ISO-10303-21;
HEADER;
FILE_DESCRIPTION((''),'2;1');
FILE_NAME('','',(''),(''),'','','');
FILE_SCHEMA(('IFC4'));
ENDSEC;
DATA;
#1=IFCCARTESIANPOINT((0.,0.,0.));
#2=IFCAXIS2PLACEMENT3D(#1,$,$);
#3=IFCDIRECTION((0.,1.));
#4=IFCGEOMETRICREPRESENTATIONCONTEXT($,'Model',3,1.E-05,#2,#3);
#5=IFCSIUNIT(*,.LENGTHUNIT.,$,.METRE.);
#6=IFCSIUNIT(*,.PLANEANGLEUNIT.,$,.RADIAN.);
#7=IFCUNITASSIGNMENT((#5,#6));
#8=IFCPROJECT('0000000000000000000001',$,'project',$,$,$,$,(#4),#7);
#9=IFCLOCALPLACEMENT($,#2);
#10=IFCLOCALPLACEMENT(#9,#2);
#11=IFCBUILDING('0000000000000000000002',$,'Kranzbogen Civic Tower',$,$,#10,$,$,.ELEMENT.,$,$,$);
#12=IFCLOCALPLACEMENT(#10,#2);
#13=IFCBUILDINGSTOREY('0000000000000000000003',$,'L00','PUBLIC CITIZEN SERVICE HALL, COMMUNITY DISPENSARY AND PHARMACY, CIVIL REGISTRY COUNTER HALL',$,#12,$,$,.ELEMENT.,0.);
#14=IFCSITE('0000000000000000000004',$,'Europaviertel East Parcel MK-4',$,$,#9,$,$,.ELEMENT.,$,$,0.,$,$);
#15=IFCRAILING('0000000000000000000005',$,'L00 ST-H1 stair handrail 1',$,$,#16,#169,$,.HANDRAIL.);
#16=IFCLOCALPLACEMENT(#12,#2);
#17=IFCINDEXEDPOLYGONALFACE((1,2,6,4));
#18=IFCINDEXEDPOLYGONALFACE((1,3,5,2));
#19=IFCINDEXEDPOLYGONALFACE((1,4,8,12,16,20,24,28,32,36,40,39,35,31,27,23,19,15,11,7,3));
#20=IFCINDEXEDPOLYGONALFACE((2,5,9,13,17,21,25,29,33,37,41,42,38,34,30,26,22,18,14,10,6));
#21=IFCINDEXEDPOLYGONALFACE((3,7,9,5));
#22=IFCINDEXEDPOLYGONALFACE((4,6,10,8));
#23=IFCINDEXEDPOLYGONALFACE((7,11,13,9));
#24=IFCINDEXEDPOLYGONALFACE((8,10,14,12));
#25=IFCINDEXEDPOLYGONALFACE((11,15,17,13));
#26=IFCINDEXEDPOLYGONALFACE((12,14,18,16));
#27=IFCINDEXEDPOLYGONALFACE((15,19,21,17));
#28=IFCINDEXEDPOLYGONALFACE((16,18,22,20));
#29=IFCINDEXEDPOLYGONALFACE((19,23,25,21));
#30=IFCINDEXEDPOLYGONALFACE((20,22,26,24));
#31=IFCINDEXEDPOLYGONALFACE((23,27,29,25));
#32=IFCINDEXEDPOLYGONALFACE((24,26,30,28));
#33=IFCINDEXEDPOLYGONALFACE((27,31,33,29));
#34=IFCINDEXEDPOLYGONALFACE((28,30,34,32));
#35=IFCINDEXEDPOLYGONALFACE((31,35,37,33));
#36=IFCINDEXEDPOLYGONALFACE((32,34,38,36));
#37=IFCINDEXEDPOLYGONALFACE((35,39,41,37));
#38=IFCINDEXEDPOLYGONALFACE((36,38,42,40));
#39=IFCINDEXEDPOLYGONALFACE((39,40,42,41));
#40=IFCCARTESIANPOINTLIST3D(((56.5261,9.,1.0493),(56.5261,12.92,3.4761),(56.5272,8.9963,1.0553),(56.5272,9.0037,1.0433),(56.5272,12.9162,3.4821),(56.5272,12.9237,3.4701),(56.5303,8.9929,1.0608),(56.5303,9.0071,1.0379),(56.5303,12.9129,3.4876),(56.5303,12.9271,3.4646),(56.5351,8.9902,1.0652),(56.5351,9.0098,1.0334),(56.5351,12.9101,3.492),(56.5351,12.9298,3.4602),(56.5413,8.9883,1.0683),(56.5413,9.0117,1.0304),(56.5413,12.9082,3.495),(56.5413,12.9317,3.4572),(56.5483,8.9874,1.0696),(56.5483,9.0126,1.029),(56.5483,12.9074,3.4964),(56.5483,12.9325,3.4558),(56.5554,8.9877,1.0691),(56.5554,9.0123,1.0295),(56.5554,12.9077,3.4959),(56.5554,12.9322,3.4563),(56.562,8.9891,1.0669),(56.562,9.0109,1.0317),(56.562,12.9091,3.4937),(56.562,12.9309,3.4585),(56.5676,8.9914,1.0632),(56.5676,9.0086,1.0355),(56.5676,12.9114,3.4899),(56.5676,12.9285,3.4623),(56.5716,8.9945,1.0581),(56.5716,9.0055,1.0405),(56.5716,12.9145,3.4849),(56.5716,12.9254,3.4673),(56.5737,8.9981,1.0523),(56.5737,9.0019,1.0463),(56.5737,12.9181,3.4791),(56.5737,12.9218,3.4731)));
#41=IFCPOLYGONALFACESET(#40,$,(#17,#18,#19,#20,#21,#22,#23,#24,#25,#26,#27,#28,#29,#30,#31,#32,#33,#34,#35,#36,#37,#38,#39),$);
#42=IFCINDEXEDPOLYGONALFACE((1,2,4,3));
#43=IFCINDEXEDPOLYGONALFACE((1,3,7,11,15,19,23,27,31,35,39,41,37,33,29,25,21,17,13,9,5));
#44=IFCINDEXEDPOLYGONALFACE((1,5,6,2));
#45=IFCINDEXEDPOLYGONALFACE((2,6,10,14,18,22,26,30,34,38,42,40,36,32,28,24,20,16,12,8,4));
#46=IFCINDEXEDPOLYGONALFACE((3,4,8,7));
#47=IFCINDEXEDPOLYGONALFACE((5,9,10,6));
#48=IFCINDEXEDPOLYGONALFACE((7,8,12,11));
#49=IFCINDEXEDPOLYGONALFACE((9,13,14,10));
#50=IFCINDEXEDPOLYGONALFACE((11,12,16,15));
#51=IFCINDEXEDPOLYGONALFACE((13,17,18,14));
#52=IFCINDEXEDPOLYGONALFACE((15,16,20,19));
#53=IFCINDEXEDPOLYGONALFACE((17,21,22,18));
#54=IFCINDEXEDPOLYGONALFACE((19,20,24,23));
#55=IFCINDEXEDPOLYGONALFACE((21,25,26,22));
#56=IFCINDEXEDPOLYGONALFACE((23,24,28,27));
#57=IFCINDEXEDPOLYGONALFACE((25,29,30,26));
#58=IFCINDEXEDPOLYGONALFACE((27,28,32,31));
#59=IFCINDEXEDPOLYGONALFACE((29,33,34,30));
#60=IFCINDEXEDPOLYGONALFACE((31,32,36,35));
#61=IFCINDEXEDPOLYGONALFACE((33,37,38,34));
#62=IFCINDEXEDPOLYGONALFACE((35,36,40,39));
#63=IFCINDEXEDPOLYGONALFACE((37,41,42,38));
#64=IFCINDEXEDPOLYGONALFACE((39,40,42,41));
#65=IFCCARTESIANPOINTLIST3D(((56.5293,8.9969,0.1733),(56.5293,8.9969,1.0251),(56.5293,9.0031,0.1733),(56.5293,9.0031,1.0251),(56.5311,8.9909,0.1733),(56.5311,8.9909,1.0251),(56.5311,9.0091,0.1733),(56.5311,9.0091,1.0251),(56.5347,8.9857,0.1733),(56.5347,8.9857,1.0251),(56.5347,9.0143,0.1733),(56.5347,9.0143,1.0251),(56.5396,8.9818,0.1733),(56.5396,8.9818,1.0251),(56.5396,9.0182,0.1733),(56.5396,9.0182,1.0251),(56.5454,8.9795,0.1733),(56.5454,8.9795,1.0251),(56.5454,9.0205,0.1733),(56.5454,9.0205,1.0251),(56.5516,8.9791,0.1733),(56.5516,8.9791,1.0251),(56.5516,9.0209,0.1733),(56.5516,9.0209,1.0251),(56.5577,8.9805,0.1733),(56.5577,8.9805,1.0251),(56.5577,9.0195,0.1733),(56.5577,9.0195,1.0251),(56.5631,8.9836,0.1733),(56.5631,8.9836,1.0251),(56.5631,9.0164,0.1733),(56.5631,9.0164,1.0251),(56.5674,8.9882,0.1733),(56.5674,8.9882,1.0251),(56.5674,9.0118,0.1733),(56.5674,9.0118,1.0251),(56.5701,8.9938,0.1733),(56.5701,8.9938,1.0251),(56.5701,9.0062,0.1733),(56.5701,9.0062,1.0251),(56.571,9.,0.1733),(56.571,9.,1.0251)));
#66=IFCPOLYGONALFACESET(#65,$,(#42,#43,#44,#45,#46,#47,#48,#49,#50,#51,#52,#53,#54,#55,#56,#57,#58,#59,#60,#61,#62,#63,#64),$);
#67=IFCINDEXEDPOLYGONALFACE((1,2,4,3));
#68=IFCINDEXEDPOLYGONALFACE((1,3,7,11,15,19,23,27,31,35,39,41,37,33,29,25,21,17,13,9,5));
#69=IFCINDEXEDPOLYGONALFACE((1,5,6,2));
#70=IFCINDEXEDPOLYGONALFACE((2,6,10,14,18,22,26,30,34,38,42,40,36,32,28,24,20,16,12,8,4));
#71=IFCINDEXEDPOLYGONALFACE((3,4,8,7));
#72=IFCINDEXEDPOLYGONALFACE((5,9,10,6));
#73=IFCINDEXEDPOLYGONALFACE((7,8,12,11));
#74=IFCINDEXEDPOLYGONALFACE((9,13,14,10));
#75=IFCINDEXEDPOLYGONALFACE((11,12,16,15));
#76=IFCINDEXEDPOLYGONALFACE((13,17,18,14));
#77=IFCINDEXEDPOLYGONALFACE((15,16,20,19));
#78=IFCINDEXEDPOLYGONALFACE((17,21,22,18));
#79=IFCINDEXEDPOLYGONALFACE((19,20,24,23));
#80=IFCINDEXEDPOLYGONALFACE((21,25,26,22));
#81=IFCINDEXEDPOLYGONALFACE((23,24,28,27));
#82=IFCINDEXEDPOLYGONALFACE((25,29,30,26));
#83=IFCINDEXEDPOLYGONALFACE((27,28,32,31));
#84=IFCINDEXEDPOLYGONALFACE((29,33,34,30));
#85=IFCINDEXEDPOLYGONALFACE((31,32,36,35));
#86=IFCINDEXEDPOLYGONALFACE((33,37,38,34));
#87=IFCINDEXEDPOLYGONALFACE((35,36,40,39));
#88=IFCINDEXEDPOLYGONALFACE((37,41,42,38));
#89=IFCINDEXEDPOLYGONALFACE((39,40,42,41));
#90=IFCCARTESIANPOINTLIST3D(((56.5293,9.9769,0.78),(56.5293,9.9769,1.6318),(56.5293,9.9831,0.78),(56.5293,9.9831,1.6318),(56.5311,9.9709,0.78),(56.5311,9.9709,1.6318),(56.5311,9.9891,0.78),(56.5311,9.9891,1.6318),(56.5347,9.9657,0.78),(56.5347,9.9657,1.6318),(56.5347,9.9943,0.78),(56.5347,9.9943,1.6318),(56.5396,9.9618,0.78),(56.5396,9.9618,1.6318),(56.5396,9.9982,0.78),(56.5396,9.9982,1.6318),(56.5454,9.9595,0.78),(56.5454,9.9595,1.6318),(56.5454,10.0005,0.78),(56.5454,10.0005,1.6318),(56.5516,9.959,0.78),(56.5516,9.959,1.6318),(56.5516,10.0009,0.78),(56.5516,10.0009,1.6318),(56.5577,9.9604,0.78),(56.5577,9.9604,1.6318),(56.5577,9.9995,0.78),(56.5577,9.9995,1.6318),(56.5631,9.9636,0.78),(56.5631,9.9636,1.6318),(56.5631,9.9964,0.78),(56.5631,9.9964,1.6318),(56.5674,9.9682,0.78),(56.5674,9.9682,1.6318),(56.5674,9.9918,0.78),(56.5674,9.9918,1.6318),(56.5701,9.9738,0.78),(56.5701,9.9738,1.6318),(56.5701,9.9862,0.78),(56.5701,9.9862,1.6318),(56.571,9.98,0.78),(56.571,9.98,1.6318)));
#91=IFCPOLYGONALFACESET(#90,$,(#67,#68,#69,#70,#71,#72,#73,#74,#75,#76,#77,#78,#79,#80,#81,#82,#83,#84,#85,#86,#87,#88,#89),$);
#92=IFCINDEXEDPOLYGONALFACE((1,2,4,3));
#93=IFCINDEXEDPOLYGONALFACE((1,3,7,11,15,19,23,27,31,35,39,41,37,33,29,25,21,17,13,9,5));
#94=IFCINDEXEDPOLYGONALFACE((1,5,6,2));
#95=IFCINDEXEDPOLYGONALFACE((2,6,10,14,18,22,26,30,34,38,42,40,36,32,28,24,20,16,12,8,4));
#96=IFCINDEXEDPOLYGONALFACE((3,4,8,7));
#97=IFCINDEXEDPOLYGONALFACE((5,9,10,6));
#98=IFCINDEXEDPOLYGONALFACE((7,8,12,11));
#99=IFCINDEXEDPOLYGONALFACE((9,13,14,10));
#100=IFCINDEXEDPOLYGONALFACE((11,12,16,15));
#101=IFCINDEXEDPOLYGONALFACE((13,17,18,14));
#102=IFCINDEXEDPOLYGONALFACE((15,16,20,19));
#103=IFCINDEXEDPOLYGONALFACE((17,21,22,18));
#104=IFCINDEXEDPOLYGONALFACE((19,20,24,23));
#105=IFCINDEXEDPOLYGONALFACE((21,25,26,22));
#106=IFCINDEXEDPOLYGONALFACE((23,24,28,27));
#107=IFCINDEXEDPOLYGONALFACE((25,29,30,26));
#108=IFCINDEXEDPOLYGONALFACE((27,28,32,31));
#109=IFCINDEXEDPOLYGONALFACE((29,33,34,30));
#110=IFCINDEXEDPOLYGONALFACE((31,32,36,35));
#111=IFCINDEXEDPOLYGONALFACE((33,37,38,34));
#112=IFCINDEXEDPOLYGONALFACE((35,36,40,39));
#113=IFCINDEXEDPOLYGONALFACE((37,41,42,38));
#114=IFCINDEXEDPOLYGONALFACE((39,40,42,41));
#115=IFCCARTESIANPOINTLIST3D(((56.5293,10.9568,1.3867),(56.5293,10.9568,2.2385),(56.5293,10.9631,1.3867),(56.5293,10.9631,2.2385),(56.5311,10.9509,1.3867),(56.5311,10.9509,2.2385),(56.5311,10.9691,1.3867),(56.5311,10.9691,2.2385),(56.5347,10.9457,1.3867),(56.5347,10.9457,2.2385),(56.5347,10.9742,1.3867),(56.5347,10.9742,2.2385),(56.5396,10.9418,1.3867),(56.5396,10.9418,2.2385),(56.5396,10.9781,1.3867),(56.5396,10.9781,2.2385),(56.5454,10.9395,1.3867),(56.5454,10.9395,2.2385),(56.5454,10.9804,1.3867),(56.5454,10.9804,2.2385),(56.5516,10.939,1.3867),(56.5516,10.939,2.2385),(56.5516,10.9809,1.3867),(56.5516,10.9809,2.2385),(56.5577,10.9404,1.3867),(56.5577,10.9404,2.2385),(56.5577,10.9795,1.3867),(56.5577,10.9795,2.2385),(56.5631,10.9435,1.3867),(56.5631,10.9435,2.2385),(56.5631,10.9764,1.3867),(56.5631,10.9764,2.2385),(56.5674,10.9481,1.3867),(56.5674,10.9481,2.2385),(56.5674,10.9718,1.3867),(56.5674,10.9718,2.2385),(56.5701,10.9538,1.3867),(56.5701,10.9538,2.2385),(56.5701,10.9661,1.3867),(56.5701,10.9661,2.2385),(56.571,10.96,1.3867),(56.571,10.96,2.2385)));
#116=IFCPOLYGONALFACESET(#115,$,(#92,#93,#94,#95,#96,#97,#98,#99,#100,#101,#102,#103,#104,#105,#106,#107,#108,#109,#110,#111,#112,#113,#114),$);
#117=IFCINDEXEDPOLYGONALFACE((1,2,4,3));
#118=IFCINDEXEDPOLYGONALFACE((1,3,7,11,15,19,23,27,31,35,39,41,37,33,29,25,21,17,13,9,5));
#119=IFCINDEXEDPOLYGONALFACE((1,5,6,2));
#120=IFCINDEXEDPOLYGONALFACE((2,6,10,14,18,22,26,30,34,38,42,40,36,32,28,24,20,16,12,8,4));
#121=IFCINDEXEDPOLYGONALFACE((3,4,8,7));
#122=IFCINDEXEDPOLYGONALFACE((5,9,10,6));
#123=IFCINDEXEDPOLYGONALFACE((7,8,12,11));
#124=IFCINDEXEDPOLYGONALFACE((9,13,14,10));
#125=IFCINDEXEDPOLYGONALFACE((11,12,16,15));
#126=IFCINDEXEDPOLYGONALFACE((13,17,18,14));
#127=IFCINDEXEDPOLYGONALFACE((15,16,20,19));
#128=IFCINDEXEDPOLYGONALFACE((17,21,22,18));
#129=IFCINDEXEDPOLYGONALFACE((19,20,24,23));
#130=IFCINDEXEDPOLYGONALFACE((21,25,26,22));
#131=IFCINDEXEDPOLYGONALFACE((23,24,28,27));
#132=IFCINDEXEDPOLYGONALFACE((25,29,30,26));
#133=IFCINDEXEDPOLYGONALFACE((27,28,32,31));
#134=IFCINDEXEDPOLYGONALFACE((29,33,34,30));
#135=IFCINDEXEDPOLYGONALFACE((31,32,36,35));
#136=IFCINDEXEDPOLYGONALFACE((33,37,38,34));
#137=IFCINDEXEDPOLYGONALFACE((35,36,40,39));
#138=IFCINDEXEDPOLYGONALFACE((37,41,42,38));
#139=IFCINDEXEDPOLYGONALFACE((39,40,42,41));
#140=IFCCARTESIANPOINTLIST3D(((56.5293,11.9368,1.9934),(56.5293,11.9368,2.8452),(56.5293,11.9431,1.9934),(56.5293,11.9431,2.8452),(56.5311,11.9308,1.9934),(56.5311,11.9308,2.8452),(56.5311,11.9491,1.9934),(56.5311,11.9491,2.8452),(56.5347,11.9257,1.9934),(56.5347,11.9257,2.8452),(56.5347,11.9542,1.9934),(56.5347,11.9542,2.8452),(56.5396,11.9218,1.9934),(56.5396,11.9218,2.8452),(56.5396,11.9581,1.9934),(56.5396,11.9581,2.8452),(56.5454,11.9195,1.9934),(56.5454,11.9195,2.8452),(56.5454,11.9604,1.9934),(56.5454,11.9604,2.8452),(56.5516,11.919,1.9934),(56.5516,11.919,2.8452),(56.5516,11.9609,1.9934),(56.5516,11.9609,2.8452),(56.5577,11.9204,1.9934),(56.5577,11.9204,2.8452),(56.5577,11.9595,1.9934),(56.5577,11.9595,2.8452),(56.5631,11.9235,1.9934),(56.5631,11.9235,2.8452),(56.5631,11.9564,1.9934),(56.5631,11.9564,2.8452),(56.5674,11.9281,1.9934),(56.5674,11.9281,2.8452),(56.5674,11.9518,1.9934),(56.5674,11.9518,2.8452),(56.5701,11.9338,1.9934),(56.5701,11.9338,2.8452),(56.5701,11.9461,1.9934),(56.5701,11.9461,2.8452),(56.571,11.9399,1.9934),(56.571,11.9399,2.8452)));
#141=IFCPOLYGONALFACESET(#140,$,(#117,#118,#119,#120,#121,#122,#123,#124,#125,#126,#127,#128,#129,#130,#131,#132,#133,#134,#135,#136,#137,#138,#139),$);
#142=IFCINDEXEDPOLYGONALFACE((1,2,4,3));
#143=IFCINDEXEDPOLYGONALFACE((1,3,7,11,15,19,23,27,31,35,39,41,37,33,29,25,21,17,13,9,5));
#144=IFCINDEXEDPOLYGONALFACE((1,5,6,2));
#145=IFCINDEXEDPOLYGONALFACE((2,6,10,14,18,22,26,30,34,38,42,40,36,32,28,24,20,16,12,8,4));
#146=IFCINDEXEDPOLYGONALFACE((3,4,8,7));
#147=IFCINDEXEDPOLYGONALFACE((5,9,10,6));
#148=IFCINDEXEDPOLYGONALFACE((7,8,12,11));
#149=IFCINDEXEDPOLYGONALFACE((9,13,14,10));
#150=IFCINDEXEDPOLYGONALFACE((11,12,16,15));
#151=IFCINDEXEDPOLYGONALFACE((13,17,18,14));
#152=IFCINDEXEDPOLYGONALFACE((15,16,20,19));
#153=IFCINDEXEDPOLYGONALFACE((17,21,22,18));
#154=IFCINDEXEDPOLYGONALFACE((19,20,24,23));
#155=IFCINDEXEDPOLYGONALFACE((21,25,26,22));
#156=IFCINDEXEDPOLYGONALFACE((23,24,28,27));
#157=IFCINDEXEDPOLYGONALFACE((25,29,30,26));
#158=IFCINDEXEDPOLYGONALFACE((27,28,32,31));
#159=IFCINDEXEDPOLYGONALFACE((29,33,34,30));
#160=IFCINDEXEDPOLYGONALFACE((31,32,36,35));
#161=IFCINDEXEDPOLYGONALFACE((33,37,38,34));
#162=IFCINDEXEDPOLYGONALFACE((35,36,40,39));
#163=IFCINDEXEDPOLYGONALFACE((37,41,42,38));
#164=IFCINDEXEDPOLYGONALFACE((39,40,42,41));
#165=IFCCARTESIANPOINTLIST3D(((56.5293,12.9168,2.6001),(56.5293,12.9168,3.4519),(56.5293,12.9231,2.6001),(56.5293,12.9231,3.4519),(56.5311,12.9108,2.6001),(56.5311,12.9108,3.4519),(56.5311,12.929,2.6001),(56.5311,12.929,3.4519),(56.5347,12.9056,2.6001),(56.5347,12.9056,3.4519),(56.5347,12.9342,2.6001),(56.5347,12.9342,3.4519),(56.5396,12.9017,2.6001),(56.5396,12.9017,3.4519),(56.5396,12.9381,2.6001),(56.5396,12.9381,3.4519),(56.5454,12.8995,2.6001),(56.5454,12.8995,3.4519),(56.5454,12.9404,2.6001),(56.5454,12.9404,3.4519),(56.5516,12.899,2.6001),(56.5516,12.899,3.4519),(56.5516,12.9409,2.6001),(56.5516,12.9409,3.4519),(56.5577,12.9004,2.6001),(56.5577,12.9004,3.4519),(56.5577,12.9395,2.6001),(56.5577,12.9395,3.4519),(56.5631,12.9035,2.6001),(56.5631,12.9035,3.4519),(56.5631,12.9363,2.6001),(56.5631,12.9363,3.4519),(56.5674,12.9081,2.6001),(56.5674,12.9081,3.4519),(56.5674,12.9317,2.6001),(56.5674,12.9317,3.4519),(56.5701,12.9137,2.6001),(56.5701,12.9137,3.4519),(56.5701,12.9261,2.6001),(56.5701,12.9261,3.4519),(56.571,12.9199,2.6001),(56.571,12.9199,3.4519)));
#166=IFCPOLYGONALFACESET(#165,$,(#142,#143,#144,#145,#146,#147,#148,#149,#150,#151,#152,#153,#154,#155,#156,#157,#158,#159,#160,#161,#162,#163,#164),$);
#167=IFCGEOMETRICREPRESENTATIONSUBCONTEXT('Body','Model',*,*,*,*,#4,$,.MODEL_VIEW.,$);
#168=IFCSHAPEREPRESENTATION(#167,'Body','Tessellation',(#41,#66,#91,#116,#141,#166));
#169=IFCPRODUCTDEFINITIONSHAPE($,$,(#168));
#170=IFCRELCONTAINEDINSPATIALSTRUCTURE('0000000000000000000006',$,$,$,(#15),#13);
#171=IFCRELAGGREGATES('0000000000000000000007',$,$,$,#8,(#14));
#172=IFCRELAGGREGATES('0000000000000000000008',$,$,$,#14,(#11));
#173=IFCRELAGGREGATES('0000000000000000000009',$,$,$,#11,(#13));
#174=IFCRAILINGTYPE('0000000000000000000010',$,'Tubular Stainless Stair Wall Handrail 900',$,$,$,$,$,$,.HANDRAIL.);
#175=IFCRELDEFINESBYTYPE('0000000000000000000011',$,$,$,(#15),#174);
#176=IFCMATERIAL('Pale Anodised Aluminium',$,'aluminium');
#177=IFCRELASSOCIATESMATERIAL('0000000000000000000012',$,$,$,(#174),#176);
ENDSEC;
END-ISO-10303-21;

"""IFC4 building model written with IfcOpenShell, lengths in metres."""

from ifc_helpers import new_model, si_unit, direction, frame, origin, origin_2d, place, context, subcontext, project, spatial, circle, extrude, material, type_object, element, save


model = new_model("IFC4")

# Units and contexts
model_context = context("Model", 3, precision=1e-05, world=origin(), true_north=direction((0.0, 1.0)))
body_context = subcontext(model_context, "Body", "Model", "MODEL_VIEW")
ifc_project = project(units=[si_unit("LENGTHUNIT", "METRE"), si_unit("PLANEANGLEUNIT", "RADIAN")], contexts=[model_context])

# Site, building, storey
site_placement = place(None, origin())
site = spatial("IfcSite", under=ifc_project, at=site_placement, Name="Europaviertel East Parcel MK-4", CompositionType="ELEMENT", RefElevation=0.0)
building_placement = place(site_placement, origin())
building = spatial("IfcBuilding", under=site, at=building_placement, Name="Kranzbogen Civic Tower", CompositionType="ELEMENT")
storey_placement = place(building_placement, origin())
storey = spatial("IfcBuildingStorey", under=building, at=storey_placement, Name="L00", Description="PUBLIC CITIZEN SERVICE HALL, COMMUNITY DISPENSARY AND PHARMACY, CIVIL REGISTRY COUNTER HALL", CompositionType="ELEMENT", Elevation=0.0)

# Shared definitions
ifc_material_1 = material(Name="Pale Anodised Aluminium", Category="aluminium")

# Railing
railing_type_1 = type_object("IfcRailingType", Name="Tubular Stainless Stair Wall Handrail 900", PredefinedType="HANDRAIL", material=ifc_material_1)
railing_1_placement = place(storey_placement, frame((56.55, 9.0, 0.1733)))
element("IfcRailing", 1, at=railing_1_placement, inside=storey, type_object=railing_type_1, Name="L00 ST-H1 stair handrail 1", PredefinedType="HANDRAIL", context=body_context, shape_type="SweptSolid", body=[
    extrude(circle(Radius=0.0239, at=origin_2d()), frame((0.0, 0.0, 0.876), z_axis=(0.0, 0.850252, 0.526376), x_axis=(-1.0, 0.0, 0.0)), (0.0, 0.0, 1.0), 4.6104),
    extrude(circle(Radius=0.021, at=origin_2d()), origin(), (0.0, 0.0, 1.0), 0.8518),
    extrude(circle(Radius=0.021, at=origin_2d()), frame((0.0, 0.98, 0.6067)), (0.0, 0.0, 1.0), 0.8518),
    extrude(circle(Radius=0.021, at=origin_2d()), frame((0.0, 1.96, 1.2134)), (0.0, 0.0, 1.0), 0.8518),
    extrude(circle(Radius=0.021, at=origin_2d()), frame((0.0, 2.9399, 1.8201)), (0.0, 0.0, 1.0), 0.8518),
    extrude(circle(Radius=0.021, at=origin_2d()), frame((0.0, 3.9199, 2.4268)), (0.0, 0.0, 1.0), 0.8518),
])

save(model, "model.ifc")
